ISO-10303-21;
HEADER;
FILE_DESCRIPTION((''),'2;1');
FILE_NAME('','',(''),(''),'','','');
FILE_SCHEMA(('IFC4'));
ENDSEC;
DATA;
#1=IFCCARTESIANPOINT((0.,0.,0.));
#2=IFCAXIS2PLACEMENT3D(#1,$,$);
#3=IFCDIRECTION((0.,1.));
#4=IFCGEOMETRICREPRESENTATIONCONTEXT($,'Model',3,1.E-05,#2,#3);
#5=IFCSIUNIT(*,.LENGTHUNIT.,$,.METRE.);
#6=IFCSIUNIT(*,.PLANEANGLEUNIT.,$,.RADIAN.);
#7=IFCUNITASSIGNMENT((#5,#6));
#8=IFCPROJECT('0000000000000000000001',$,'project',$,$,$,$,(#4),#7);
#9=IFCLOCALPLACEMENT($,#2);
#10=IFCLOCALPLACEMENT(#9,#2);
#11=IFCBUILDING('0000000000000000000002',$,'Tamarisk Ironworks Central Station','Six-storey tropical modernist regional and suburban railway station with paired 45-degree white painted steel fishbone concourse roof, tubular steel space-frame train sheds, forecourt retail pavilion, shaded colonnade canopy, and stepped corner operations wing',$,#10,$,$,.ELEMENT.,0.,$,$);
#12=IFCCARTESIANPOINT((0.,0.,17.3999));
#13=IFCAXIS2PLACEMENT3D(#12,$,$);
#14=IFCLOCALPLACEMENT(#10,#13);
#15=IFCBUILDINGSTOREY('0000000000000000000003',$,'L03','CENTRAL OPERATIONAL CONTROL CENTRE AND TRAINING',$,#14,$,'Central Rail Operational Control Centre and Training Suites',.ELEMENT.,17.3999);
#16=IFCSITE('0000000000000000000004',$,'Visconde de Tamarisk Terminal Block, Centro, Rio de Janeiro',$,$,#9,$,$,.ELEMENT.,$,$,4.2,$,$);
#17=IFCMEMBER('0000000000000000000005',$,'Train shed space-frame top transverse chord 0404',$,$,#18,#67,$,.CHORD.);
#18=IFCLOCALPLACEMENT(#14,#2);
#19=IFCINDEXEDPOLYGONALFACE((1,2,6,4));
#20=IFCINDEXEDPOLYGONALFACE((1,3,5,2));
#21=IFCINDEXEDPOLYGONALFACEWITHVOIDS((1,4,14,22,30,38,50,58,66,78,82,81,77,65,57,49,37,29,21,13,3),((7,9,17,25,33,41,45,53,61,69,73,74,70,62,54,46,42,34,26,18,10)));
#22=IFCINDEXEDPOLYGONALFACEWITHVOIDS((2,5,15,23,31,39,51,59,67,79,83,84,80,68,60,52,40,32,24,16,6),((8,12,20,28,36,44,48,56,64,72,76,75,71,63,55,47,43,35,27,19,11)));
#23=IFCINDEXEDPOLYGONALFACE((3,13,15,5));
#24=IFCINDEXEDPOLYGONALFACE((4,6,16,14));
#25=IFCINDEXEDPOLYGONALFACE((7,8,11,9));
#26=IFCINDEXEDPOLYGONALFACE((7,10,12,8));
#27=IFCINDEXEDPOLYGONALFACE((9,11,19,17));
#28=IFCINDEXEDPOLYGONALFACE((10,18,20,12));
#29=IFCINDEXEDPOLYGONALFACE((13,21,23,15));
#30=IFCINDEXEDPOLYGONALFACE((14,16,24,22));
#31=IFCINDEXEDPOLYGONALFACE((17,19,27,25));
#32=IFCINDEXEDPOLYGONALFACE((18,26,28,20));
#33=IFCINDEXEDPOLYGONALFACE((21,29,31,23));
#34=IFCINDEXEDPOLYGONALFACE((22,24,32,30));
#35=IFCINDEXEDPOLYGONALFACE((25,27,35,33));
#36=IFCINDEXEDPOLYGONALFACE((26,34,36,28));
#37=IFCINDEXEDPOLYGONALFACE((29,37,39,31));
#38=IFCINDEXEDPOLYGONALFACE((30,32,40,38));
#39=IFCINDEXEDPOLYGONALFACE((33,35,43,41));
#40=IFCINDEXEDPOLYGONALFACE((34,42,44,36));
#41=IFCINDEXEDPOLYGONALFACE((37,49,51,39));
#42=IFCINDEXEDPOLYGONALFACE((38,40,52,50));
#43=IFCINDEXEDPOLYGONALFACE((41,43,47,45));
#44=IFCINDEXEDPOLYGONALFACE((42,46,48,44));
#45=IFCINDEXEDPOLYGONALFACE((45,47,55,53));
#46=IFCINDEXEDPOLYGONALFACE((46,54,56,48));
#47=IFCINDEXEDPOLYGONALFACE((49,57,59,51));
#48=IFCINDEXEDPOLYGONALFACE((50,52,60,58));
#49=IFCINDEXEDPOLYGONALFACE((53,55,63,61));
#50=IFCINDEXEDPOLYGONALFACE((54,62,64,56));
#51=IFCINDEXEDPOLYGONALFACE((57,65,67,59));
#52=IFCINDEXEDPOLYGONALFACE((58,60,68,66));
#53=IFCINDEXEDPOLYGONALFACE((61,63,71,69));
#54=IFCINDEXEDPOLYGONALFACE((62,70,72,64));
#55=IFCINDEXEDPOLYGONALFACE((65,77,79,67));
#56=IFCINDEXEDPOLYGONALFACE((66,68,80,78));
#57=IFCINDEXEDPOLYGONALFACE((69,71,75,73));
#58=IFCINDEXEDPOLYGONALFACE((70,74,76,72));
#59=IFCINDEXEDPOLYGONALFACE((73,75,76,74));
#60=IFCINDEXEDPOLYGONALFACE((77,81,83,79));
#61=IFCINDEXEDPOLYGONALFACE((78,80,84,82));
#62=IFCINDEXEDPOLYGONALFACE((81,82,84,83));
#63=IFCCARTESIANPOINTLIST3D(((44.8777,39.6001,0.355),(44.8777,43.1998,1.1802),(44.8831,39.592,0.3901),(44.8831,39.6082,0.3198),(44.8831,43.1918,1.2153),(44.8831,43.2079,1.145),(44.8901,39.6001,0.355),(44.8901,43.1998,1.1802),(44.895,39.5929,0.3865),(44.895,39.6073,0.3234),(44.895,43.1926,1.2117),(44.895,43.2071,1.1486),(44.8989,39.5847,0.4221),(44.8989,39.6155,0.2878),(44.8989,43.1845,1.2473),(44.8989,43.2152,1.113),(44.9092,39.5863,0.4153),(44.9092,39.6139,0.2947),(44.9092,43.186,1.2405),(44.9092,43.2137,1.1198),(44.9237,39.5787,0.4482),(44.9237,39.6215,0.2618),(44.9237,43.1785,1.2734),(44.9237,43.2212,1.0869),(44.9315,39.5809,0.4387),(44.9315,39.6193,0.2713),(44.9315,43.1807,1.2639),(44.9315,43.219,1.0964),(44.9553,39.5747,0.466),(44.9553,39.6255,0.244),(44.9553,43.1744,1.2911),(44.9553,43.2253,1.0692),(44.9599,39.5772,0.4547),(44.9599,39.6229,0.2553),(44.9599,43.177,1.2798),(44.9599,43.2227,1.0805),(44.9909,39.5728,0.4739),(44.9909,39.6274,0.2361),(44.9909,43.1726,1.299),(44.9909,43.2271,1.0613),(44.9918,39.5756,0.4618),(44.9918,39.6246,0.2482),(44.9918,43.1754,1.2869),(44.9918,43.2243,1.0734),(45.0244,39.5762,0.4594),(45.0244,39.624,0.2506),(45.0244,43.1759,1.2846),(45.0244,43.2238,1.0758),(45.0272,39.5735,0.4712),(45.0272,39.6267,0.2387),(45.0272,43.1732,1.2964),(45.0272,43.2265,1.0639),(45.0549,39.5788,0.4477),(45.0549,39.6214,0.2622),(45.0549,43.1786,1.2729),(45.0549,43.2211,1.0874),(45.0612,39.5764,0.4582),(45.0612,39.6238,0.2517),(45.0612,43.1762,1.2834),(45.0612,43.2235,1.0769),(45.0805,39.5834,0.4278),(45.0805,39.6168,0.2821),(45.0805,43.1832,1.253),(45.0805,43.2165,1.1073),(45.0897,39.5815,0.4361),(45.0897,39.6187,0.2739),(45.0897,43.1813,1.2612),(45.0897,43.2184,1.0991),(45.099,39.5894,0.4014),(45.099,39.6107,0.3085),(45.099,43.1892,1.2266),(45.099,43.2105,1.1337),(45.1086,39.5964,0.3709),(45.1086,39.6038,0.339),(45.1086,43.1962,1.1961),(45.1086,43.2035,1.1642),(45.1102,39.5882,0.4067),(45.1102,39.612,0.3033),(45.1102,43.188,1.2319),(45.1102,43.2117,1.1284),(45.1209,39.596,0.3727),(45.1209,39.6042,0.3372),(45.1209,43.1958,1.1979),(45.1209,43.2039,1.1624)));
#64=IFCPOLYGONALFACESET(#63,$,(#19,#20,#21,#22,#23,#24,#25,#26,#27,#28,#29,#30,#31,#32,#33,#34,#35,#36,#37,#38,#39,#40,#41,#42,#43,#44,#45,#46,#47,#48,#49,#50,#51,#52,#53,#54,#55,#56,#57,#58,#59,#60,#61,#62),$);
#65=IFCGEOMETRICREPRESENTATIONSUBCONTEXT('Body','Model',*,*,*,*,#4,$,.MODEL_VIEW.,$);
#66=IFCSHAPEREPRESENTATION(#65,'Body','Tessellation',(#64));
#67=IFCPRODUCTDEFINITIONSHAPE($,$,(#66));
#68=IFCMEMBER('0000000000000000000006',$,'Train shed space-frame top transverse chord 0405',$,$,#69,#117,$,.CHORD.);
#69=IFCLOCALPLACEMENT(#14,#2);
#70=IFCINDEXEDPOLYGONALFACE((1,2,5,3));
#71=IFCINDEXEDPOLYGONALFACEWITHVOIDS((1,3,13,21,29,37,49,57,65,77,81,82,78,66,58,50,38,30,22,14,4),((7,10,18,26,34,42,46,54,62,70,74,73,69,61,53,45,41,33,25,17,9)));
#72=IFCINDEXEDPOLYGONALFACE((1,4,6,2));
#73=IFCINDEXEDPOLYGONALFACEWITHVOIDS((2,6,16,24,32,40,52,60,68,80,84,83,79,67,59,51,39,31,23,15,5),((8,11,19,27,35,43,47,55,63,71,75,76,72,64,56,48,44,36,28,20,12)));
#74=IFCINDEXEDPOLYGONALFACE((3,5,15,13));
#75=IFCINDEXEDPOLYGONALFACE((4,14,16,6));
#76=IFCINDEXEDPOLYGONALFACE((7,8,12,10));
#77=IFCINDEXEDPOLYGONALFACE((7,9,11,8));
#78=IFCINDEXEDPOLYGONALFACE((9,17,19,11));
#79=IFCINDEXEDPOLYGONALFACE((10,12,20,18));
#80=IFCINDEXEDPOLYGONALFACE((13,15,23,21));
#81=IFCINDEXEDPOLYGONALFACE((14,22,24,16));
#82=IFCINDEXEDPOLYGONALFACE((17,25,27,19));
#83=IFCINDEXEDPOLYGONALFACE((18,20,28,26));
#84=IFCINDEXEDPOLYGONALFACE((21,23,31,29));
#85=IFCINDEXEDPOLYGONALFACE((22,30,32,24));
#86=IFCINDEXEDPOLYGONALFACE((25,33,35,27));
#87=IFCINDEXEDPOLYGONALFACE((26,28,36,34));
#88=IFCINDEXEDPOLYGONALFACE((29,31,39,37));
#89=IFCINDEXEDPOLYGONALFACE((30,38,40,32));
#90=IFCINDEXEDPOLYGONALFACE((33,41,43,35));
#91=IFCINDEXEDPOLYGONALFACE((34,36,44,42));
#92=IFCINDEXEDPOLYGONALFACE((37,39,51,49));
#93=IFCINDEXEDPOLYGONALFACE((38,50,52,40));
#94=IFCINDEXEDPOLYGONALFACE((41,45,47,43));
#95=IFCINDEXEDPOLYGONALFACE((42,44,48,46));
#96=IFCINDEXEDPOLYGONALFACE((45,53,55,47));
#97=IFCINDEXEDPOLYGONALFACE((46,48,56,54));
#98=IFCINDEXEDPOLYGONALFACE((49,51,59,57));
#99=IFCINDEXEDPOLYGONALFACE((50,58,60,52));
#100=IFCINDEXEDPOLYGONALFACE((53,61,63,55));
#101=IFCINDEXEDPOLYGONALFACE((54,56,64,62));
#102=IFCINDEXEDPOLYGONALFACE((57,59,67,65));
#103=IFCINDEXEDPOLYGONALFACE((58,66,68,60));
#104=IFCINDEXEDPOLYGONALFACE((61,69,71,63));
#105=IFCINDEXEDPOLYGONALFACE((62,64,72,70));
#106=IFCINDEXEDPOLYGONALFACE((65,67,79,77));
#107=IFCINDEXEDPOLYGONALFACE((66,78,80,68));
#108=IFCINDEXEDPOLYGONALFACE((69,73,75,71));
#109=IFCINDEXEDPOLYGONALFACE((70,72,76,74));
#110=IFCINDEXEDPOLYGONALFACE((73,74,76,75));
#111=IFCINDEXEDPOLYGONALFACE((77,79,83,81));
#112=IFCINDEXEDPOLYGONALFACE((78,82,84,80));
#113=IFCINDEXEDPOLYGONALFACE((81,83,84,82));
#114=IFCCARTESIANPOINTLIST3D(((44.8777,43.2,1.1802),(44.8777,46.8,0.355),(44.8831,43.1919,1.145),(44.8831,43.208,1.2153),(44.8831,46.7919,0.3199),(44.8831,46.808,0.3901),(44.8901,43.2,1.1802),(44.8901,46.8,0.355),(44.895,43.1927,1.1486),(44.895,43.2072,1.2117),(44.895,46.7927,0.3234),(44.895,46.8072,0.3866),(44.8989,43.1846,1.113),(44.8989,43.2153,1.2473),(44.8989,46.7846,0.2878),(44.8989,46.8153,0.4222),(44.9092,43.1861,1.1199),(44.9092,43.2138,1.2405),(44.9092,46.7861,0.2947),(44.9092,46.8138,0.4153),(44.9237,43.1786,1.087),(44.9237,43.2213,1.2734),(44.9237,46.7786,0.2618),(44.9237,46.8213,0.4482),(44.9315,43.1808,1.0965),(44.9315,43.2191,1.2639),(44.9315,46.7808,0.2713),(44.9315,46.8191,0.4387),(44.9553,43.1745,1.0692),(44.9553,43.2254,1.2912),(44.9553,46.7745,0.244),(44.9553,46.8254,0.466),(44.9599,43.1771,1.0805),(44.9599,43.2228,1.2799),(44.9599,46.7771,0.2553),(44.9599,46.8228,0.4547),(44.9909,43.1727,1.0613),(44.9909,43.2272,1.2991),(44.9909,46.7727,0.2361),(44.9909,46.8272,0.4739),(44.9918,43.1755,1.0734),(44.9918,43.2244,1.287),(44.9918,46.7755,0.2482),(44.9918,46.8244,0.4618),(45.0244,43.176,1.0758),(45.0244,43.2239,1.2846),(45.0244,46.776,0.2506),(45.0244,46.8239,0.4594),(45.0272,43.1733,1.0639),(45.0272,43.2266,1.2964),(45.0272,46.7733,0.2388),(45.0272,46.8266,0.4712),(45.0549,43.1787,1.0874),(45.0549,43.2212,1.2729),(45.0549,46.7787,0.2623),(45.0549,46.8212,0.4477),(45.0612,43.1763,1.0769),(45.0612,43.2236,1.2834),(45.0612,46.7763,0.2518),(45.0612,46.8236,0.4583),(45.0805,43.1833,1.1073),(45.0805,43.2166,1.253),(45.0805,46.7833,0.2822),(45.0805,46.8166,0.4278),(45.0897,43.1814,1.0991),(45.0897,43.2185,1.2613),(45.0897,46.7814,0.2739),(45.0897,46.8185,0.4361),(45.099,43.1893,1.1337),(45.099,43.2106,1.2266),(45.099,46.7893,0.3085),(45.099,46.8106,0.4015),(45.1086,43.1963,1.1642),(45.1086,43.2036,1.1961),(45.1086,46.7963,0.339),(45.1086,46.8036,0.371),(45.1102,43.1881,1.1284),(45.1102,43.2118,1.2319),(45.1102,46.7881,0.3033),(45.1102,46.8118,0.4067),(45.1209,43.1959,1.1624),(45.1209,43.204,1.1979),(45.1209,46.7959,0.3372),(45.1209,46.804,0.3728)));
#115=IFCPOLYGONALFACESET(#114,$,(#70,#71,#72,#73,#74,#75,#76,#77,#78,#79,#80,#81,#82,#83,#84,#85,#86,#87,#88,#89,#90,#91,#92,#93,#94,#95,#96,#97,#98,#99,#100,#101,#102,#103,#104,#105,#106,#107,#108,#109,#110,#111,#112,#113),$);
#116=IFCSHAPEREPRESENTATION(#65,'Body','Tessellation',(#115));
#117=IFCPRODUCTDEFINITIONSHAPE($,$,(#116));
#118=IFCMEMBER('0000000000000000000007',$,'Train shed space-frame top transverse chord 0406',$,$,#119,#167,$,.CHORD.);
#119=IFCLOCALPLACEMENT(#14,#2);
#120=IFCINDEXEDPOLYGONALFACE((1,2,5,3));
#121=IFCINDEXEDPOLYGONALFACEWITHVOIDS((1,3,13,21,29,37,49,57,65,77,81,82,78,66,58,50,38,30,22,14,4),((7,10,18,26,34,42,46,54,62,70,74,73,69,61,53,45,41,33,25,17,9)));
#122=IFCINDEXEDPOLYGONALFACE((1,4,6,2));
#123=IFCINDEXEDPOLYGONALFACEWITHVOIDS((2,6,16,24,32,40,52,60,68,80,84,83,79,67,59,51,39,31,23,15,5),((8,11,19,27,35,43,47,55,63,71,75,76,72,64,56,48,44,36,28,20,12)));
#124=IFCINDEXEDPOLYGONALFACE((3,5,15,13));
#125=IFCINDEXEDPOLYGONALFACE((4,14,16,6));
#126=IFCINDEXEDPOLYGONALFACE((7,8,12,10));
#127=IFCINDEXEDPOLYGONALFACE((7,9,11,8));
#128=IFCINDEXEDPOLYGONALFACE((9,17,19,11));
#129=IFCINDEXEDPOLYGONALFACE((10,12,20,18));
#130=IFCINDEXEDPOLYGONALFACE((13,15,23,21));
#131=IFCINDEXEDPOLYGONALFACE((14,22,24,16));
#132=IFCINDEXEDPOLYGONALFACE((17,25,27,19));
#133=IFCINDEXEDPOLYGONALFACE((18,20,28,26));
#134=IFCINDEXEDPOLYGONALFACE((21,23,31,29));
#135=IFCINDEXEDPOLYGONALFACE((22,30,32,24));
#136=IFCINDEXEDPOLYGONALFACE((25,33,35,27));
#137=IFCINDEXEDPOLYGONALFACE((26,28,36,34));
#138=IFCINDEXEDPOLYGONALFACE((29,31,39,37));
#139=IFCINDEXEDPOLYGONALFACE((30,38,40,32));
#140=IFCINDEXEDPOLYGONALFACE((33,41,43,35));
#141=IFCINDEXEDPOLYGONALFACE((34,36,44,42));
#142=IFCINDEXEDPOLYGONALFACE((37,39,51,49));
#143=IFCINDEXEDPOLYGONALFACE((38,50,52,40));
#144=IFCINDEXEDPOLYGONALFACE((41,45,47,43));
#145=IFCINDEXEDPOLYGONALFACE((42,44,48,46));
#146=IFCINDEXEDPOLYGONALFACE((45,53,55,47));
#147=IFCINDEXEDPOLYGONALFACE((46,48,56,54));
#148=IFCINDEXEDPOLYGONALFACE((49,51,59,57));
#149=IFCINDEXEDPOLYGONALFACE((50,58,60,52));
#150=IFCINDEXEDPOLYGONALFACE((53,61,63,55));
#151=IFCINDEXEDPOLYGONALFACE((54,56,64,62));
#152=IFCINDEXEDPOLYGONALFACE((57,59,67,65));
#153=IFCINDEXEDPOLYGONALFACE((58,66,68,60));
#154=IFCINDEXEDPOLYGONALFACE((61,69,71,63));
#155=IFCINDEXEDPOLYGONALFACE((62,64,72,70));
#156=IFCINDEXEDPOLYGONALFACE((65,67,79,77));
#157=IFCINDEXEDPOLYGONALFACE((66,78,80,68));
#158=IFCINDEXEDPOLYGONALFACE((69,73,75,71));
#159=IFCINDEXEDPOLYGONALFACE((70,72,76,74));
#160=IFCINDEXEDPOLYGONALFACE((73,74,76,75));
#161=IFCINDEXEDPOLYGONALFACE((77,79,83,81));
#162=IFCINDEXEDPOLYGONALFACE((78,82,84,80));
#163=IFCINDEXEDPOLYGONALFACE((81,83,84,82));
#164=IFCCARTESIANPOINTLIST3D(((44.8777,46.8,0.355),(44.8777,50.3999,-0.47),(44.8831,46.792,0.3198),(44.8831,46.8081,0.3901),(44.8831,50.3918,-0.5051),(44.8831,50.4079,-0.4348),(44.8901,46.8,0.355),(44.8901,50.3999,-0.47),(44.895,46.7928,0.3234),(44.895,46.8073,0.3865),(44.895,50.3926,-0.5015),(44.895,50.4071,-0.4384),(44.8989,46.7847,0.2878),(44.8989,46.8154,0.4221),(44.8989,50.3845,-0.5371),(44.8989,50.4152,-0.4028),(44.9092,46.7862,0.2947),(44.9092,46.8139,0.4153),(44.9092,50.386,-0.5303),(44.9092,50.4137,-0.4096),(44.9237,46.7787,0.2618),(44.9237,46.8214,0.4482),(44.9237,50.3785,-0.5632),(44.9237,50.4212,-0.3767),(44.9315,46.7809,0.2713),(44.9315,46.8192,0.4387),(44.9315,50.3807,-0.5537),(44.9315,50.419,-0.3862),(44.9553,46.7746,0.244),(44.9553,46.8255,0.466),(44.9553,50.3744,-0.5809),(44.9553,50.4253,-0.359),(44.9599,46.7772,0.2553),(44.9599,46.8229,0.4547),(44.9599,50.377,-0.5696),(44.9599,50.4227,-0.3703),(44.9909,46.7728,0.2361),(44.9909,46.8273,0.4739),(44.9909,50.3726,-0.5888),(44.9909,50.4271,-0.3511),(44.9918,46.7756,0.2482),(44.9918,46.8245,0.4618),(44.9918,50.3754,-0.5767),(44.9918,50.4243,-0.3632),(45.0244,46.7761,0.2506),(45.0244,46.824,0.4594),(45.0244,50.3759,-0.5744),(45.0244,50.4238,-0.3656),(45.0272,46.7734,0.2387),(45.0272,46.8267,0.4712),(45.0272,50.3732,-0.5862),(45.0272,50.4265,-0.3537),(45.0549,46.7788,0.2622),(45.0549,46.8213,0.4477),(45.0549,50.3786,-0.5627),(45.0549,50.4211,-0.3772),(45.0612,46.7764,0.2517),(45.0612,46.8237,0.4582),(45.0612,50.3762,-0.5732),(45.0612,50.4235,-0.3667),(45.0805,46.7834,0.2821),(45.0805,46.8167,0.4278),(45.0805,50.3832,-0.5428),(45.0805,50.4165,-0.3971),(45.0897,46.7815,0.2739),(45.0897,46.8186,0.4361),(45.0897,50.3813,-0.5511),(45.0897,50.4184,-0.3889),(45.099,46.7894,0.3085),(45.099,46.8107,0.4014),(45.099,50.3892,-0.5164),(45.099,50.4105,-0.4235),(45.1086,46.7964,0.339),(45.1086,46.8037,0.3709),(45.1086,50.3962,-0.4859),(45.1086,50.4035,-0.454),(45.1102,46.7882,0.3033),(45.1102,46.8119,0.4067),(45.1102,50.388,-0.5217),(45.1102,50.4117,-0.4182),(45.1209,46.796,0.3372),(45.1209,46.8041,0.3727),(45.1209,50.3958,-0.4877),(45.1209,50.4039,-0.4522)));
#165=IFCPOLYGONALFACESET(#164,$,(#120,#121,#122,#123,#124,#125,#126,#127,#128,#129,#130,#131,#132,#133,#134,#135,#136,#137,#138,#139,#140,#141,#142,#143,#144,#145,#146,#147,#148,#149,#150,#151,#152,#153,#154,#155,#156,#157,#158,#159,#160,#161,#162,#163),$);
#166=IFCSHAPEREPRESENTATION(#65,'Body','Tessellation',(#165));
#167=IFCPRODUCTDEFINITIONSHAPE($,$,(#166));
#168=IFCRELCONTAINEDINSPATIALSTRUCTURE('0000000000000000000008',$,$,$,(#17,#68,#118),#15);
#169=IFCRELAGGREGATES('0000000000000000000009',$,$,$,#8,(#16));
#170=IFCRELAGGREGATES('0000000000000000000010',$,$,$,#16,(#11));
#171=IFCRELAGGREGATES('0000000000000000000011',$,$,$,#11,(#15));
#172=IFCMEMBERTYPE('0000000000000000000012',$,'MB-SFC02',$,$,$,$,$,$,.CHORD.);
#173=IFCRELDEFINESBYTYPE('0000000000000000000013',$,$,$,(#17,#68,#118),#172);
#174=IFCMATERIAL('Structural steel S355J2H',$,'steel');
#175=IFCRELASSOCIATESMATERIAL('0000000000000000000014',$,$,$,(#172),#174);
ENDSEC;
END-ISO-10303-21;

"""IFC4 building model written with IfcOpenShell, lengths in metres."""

from ifc_helpers import new_model, si_unit, direction, frame, origin, origin_2d, place, context, subcontext, project, spatial, hollow_circle, extrude, material, material_profile, profile_set, type_object, element, save


model = new_model("IFC4")

# Units and contexts
model_context = context("Model", 3, precision=1e-05, world=origin(), true_north=direction((0.0, 1.0)))
body_context = subcontext(model_context, "Body", "Model", "MODEL_VIEW")
ifc_project = project(units=[si_unit("LENGTHUNIT", "METRE"), si_unit("PLANEANGLEUNIT", "RADIAN")], contexts=[model_context])

# Site, building, storey
site_placement = place(None, origin())
site = spatial("IfcSite", under=ifc_project, at=site_placement, Name="Visconde de Tamarisk Terminal Block, Centro, Rio de Janeiro", CompositionType="ELEMENT", RefElevation=4.2)
building_placement = place(site_placement, origin())
building = spatial("IfcBuilding", under=site, at=building_placement, Name="Tamarisk Ironworks Central Station", Description="Six-storey tropical modernist regional and suburban railway station with paired 45-degree white painted steel fishbone concourse roof, tubular steel space-frame train sheds, forecourt retail pavilion, shaded colonnade canopy, and stepped corner operations wing", CompositionType="ELEMENT", ElevationOfRefHeight=0.0)
storey_placement = place(building_placement, frame((0.0, 0.0, 17.3999)))
storey = spatial("IfcBuildingStorey", under=building, at=storey_placement, Name="L03", Description="CENTRAL OPERATIONAL CONTROL CENTRE AND TRAINING", LongName="Central Rail Operational Control Centre and Training Suites", CompositionType="ELEMENT", Elevation=17.3999)

# Members
ifc_material_1 = material(Name="Structural steel S355J2H", Category="steel")
ifc_material_profile_1 = material_profile(ifc_material_1, hollow_circle(Radius=0.1223, WallThickness=0.0125, at=origin_2d()), Name="CHS 244.5x12.5")
ifc_profile_set_1 = profile_set([ifc_material_profile_1], Name="Structural steel S355J2H")
member_type_1 = type_object("IfcMemberType", Name="MB-SFC02", PredefinedType="CHORD", material=ifc_profile_set_1)
member_1_placement = place(storey_placement, frame((45.0, 39.6001, 0.355), z_axis=(0.0, 0.974719, 0.223435), x_axis=(-1.0, 0.0, 0.0)))
element("IfcMember", 1, at=member_1_placement, inside=storey, type_object=member_type_1, Name="Train shed space-frame top transverse chord 0404", PredefinedType="CHORD", context=body_context, shape_type="SweptSolid", body=[
    extrude(hollow_circle(Radius=0.1223, WallThickness=0.0125, at=origin_2d()), origin(), (0.0, 0.0, 1.0), 3.6931),
])
member_2_placement = place(storey_placement, frame((45.0, 43.2, 1.1802), z_axis=(0.0, 0.974722, -0.223421), x_axis=(-1.0, 0.0, 0.0)))
element("IfcMember", 2, at=member_2_placement, inside=storey, type_object=member_type_1, Name="Train shed space-frame top transverse chord 0405", PredefinedType="CHORD", context=body_context, shape_type="SweptSolid", body=[
    extrude(hollow_circle(Radius=0.1223, WallThickness=0.0125, at=origin_2d()), origin(), (0.0, 0.0, 1.0), 3.6934),
])
member_3_placement = place(storey_placement, frame((45.0, 46.8, 0.355), z_axis=(0.0, 0.974733, -0.223372), x_axis=(-1.0, 0.0, 0.0)))
element("IfcMember", 3, at=member_3_placement, inside=storey, type_object=member_type_1, Name="Train shed space-frame top transverse chord 0406", PredefinedType="CHORD", context=body_context, shape_type="SweptSolid", body=[
    extrude(hollow_circle(Radius=0.1223, WallThickness=0.0125, at=origin_2d()), origin(), (0.0, 0.0, 1.0), 3.6931),
])

save(model, "model.ifc")
